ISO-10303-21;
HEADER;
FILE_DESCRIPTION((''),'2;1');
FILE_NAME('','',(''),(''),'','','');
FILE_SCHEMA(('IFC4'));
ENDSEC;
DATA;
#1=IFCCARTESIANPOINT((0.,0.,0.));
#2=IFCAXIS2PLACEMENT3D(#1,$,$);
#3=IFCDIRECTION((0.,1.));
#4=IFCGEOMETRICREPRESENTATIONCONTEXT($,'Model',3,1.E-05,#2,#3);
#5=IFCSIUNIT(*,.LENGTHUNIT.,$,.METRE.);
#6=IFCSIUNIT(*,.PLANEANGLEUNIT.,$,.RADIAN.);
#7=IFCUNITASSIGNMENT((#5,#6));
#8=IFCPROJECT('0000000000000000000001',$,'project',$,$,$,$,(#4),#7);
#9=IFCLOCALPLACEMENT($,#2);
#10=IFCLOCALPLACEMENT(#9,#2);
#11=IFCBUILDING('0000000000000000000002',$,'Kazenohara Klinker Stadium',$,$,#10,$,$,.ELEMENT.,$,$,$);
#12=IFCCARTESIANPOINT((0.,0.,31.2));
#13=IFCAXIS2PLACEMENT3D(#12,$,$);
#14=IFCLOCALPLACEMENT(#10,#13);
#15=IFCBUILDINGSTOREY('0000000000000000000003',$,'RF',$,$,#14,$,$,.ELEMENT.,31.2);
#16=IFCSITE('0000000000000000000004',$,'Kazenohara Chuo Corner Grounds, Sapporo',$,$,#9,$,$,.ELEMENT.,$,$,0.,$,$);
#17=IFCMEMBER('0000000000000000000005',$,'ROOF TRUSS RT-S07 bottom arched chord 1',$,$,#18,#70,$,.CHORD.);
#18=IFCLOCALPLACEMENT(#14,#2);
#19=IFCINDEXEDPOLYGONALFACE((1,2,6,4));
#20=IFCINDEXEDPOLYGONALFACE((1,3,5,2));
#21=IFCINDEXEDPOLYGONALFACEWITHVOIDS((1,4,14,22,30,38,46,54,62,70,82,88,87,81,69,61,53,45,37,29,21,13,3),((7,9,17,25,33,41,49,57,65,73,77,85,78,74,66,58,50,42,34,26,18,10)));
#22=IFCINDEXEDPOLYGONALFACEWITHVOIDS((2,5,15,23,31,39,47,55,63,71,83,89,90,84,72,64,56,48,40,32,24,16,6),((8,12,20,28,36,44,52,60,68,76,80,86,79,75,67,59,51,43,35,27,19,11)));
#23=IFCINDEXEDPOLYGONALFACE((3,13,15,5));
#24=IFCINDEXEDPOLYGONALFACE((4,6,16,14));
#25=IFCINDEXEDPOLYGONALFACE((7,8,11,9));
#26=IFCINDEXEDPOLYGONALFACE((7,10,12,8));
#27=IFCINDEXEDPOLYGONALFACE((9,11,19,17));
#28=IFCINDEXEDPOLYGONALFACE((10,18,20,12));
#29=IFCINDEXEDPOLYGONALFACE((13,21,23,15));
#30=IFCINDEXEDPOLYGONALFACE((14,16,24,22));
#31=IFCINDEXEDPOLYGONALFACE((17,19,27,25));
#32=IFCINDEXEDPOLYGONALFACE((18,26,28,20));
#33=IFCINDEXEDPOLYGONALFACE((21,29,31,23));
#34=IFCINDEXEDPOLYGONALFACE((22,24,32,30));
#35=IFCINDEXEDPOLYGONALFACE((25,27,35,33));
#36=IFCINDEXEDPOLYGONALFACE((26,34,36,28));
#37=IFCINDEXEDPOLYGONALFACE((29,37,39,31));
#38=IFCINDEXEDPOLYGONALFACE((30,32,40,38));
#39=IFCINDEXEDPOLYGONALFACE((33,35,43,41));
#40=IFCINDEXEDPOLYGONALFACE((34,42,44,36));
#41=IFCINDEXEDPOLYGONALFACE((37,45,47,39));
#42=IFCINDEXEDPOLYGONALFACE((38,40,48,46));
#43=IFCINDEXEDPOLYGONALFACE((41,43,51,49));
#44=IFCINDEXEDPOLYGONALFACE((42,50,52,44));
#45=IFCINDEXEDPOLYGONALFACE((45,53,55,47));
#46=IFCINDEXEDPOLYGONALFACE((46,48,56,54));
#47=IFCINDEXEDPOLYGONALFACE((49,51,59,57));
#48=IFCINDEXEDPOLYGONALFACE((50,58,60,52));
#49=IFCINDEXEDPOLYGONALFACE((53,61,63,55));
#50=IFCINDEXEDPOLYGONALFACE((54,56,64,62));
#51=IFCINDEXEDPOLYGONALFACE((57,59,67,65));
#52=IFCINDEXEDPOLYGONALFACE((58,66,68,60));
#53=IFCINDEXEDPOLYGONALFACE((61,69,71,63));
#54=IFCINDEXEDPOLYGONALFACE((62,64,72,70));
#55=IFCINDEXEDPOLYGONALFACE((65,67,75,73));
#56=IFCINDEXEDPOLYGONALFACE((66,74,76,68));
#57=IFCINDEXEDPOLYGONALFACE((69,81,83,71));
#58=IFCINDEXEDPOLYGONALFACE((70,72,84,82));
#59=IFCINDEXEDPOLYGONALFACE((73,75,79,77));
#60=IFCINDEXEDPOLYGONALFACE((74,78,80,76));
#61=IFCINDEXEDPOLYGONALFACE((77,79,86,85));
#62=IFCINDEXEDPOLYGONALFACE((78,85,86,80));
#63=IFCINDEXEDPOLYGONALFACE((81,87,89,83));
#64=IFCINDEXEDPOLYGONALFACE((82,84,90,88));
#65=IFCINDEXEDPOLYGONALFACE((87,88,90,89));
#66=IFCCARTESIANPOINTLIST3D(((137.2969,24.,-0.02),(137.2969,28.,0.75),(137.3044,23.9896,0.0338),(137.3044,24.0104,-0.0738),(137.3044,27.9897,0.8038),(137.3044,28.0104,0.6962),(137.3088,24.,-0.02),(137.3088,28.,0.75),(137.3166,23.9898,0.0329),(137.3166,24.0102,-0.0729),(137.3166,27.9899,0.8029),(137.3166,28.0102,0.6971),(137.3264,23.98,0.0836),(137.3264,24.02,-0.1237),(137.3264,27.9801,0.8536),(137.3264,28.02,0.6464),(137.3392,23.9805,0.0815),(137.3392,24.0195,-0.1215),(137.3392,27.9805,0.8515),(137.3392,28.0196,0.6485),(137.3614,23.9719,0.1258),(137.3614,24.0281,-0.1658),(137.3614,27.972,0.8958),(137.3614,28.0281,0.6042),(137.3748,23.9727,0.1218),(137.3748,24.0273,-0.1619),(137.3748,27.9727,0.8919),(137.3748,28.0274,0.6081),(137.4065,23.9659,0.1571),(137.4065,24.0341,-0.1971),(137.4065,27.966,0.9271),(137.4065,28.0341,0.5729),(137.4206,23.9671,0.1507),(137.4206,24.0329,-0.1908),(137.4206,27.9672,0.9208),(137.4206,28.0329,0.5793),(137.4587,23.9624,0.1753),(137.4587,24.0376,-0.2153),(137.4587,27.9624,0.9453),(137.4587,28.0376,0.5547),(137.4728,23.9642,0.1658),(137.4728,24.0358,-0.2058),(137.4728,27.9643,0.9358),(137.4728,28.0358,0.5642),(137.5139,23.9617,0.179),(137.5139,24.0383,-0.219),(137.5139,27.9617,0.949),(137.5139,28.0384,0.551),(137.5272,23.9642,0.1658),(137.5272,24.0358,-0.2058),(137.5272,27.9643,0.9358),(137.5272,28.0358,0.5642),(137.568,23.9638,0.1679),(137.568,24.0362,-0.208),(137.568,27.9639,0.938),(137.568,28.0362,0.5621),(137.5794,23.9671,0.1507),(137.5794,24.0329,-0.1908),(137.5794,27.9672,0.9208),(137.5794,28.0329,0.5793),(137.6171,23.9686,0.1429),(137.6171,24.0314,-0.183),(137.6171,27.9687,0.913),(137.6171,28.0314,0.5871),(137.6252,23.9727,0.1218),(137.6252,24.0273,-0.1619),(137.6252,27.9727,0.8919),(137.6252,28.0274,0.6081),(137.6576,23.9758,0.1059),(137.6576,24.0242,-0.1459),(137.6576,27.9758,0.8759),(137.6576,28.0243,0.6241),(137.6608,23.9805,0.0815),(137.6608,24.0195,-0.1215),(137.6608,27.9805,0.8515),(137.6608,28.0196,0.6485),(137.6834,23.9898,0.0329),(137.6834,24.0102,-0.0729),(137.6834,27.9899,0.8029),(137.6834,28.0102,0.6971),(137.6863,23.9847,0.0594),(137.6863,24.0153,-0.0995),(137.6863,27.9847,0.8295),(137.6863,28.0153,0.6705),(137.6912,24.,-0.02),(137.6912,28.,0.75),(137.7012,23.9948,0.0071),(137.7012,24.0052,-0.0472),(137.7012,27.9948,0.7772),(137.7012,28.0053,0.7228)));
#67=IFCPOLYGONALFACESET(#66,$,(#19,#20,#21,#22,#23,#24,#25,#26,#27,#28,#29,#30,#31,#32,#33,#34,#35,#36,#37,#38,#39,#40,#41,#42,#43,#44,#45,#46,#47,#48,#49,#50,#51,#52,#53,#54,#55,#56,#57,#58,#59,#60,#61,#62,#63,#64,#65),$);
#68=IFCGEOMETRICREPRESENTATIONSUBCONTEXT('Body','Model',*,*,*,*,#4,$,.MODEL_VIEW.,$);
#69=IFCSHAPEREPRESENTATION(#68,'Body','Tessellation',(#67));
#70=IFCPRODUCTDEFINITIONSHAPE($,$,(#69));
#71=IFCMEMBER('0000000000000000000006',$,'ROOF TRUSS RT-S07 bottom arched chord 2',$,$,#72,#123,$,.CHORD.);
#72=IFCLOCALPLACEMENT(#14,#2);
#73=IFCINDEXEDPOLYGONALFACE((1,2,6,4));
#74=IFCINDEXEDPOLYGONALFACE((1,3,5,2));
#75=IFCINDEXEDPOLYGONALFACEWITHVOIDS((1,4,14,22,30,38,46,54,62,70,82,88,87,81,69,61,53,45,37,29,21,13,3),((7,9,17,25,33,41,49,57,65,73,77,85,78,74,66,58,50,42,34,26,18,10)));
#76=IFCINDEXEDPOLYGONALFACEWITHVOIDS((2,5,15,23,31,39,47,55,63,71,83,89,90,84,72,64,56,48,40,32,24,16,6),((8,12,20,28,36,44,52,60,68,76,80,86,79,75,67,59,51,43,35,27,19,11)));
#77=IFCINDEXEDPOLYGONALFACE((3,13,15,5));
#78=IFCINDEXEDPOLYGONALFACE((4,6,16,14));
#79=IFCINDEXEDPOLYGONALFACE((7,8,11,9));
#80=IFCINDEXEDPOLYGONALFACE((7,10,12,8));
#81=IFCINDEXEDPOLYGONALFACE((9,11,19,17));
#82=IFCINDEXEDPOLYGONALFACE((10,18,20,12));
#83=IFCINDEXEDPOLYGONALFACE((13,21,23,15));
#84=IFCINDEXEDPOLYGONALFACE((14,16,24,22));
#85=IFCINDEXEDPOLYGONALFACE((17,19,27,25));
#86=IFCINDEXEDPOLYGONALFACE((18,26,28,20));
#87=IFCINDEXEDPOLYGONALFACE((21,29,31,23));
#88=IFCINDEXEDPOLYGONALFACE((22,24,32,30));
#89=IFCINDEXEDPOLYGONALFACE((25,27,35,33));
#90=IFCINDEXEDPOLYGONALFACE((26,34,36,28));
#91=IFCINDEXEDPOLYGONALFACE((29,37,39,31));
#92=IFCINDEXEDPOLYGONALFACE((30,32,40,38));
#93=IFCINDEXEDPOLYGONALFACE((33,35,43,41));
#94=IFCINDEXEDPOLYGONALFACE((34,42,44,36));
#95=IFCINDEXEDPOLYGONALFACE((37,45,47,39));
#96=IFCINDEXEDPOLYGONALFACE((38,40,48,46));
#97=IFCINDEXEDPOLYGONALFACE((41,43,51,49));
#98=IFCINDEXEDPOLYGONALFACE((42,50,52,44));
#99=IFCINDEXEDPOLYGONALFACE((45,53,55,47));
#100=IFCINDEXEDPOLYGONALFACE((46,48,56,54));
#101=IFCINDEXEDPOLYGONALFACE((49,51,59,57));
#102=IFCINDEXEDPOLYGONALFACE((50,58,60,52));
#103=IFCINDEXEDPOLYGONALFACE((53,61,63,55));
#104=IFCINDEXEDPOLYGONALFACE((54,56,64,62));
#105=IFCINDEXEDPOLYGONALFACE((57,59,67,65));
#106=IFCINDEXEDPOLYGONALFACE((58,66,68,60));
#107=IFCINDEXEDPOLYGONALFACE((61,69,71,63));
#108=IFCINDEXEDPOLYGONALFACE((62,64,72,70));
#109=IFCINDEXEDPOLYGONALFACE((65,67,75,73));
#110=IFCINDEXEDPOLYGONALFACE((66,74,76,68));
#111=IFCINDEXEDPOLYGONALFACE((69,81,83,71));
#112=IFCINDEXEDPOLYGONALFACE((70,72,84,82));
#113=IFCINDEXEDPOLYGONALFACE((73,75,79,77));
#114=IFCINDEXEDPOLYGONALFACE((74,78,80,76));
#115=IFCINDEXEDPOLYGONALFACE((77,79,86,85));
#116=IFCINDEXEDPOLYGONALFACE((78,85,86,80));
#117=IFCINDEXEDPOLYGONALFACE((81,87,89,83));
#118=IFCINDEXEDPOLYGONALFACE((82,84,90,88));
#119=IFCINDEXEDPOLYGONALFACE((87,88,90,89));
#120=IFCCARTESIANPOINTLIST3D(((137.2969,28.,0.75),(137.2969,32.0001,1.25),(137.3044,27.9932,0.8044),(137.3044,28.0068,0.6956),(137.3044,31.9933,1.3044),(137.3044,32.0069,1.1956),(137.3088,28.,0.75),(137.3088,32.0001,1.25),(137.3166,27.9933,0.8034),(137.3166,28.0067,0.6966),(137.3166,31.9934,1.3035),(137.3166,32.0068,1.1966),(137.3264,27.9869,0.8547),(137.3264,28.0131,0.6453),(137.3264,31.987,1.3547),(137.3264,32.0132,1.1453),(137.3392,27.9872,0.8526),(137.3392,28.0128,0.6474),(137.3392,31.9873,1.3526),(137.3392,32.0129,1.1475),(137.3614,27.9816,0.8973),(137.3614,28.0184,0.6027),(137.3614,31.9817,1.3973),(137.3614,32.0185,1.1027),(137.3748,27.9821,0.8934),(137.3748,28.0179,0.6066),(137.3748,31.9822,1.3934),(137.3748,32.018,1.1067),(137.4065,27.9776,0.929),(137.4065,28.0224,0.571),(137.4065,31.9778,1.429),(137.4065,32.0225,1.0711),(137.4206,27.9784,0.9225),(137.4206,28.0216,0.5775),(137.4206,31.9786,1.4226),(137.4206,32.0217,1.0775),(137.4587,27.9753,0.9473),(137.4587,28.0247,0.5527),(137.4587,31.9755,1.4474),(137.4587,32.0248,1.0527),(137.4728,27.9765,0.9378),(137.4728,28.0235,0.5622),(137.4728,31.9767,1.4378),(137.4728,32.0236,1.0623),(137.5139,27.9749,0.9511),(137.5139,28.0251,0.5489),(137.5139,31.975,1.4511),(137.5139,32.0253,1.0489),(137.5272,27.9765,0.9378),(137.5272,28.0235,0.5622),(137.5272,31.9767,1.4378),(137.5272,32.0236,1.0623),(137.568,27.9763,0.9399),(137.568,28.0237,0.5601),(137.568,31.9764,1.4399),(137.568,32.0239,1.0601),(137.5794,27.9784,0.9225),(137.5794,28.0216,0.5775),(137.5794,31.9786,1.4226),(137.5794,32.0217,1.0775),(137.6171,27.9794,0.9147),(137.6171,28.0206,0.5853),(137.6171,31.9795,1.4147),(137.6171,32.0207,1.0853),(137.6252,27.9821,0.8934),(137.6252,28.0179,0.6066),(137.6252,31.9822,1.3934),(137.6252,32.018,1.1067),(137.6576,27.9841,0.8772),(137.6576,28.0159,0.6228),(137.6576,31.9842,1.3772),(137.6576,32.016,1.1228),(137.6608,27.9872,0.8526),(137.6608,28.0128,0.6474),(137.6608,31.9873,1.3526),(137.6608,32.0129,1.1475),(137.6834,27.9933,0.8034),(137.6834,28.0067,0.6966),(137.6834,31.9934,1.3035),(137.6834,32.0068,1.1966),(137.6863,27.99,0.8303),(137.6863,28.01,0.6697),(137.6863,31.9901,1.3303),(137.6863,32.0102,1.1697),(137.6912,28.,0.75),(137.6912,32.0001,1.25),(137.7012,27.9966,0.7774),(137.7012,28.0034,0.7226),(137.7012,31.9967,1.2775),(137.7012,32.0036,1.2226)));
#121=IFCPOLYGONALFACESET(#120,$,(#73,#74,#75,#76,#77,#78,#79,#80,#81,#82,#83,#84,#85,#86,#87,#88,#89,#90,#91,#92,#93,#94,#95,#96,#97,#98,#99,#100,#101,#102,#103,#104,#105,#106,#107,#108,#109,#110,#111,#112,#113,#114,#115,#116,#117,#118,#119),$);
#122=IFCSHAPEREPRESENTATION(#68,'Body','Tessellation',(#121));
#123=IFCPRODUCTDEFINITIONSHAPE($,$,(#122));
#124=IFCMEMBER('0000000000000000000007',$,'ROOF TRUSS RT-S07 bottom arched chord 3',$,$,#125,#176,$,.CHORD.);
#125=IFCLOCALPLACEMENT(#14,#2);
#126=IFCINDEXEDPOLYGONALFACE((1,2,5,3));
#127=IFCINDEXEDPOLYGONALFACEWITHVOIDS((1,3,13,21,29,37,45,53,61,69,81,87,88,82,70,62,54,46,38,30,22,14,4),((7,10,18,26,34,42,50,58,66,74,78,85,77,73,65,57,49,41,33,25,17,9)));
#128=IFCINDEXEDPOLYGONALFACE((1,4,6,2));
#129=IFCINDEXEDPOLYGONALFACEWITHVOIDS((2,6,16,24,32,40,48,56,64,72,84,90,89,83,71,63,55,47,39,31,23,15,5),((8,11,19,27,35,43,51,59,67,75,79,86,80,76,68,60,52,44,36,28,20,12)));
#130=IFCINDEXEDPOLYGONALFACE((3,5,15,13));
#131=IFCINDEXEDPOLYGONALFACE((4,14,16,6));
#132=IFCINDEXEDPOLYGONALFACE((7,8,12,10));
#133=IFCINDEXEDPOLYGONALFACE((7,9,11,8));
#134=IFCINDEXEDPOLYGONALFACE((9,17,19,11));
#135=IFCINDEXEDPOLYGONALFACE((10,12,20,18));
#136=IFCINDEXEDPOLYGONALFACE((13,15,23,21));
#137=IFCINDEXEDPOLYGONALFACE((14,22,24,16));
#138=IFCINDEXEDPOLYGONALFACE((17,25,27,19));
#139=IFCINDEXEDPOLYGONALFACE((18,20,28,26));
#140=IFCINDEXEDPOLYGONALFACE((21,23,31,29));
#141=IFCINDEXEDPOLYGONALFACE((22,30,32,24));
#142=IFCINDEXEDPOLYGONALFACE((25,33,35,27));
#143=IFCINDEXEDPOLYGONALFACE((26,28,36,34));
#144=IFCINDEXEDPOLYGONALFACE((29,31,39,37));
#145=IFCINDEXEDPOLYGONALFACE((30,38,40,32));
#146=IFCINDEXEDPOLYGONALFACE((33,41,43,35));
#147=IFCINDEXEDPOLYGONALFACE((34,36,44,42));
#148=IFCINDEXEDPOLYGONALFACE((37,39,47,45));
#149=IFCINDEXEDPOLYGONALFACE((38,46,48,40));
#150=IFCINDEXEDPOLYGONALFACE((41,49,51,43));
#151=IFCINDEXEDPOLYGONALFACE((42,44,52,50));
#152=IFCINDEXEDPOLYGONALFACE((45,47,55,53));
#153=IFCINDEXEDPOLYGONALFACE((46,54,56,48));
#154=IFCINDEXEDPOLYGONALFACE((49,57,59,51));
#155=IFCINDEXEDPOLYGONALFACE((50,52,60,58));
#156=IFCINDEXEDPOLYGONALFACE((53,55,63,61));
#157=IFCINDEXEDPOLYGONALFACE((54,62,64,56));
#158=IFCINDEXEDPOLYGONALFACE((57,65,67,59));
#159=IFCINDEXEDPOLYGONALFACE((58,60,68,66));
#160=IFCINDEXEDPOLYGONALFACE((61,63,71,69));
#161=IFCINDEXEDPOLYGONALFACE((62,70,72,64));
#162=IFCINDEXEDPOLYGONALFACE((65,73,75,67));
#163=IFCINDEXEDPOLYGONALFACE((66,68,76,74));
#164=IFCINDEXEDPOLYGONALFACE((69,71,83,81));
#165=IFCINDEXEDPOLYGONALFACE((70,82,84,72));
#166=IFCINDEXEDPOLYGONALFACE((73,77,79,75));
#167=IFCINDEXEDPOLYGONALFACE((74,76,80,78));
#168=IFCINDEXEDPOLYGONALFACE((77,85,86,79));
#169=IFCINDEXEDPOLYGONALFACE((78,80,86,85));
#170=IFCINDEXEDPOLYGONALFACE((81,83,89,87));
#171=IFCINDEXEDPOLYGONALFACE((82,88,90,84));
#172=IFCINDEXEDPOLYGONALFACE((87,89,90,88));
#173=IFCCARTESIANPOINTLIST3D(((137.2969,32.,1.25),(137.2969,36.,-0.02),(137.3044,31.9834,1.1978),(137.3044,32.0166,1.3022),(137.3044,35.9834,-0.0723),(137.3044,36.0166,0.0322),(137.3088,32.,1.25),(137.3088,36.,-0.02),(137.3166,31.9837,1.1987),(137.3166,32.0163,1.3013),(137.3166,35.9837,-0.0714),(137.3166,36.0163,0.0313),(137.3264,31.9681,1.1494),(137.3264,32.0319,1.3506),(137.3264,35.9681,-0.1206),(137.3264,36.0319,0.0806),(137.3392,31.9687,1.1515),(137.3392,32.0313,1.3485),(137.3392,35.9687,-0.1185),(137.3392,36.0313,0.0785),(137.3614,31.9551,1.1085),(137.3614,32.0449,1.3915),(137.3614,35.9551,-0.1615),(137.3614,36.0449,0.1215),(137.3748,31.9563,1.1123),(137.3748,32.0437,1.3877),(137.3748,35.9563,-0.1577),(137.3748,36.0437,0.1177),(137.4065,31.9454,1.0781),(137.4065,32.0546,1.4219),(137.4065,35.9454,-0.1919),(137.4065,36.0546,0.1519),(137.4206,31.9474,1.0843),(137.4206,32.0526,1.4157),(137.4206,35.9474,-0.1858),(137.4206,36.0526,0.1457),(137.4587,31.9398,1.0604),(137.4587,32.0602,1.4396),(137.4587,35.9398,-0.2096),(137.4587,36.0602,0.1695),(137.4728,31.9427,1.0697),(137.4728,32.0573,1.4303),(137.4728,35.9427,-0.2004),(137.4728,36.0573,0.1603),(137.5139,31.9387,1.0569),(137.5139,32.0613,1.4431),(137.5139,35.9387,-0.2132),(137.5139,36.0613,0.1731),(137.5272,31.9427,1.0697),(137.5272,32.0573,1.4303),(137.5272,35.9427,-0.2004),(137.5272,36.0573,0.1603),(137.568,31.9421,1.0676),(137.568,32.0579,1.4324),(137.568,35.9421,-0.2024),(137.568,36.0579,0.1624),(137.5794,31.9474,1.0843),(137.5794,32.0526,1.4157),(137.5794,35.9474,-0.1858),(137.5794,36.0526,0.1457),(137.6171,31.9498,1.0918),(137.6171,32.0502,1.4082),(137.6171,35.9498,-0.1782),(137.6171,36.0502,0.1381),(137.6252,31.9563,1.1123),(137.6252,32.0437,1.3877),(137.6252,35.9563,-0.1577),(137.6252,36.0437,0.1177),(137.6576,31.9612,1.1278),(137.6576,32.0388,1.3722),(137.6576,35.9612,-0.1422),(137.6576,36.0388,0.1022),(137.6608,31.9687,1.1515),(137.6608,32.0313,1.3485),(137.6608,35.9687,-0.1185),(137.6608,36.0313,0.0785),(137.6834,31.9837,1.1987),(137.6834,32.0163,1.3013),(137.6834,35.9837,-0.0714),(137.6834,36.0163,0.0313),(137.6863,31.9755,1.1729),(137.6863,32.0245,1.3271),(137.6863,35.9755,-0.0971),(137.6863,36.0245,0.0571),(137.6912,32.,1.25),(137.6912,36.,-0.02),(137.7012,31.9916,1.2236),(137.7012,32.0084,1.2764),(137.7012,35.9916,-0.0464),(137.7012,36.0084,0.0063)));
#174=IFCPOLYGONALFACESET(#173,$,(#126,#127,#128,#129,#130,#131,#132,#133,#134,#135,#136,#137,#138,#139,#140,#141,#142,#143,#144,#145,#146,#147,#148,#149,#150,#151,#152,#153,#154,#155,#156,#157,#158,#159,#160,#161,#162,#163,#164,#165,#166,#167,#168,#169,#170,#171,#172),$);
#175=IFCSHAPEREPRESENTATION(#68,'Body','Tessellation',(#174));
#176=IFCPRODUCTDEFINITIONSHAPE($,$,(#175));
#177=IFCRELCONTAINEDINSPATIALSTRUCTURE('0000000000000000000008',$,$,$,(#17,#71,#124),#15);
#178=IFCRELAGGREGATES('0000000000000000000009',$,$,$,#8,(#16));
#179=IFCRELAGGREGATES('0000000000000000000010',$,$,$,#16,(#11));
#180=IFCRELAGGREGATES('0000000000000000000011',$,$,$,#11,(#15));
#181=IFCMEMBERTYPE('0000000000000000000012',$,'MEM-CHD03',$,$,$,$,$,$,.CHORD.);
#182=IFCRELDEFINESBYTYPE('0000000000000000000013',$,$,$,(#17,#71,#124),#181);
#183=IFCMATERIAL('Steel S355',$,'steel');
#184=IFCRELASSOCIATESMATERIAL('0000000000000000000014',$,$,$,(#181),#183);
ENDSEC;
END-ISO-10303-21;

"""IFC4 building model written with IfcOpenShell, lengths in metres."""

from ifc_helpers import new_model, si_unit, direction, frame, origin, origin_2d, place, context, subcontext, project, spatial, hollow_circle, extrude, material, material_profile, profile_set, type_object, element, save


model = new_model("IFC4")

# Units and contexts
model_context = context("Model", 3, precision=1e-05, world=origin(), true_north=direction((0.0, 1.0)))
body_context = subcontext(model_context, "Body", "Model", "MODEL_VIEW")
ifc_project = project(units=[si_unit("LENGTHUNIT", "METRE"), si_unit("PLANEANGLEUNIT", "RADIAN")], contexts=[model_context])

# Site, building, storey
site_placement = place(None, origin())
site = spatial("IfcSite", under=ifc_project, at=site_placement, Name="Kazenohara Chuo Corner Grounds, Sapporo", CompositionType="ELEMENT", RefElevation=0.0)
building_placement = place(site_placement, origin())
building = spatial("IfcBuilding", under=site, at=building_placement, Name="Kazenohara Klinker Stadium", CompositionType="ELEMENT")
storey_placement = place(building_placement, frame((0.0, 0.0, 31.2)))
storey = spatial("IfcBuildingStorey", under=building, at=storey_placement, Name="RF", CompositionType="ELEMENT", Elevation=31.2)

# Members
ifc_material_1 = material(Name="Steel S355", Category="steel")
ifc_material_profile_1 = material_profile(ifc_material_1, hollow_circle(Radius=0.2031, WallThickness=0.012, at=origin_2d()), Name="CHS-406.4x12")
ifc_profile_set_1 = profile_set([ifc_material_profile_1], Name="Steel S355")
member_type_1 = type_object("IfcMemberType", Name="MEM-CHD03", PredefinedType="CHORD", material=ifc_profile_set_1)
member_1_placement = place(storey_placement, frame((137.5, 24.0, -0.02), z_axis=(0.0, 0.981971, 0.189034), x_axis=(-1.0, 0.0, 0.0)))
element("IfcMember", 1, at=member_1_placement, inside=storey, type_object=member_type_1, Name="ROOF TRUSS RT-S07 bottom arched chord 1", PredefinedType="CHORD", context=body_context, shape_type="SweptSolid", body=[
    extrude(hollow_circle(Radius=0.2031, WallThickness=0.012, at=origin_2d()), origin(), (0.0, 0.0, 1.0), 4.0735),
])
member_2_placement = place(storey_placement, frame((137.5, 28.0, 0.75), z_axis=(0.0, 0.992278, 0.124035), x_axis=(-1.0, 0.0, 0.0)))
element("IfcMember", 2, at=member_2_placement, inside=storey, type_object=member_type_1, Name="ROOF TRUSS RT-S07 bottom arched chord 2", PredefinedType="CHORD", context=body_context, shape_type="SweptSolid", body=[
    extrude(hollow_circle(Radius=0.2031, WallThickness=0.012, at=origin_2d()), origin(), (0.0, 0.0, 1.0), 4.0312),
])
member_3_placement = place(storey_placement, frame((137.5, 32.0, 1.25), z_axis=(0.0, 0.953112, -0.302618), x_axis=(-1.0, 0.0, 0.0)))
element("IfcMember", 3, at=member_3_placement, inside=storey, type_object=member_type_1, Name="ROOF TRUSS RT-S07 bottom arched chord 3", PredefinedType="CHORD", context=body_context, shape_type="SweptSolid", body=[
    extrude(hollow_circle(Radius=0.2031, WallThickness=0.012, at=origin_2d()), origin(), (0.0, 0.0, 1.0), 4.1968),
])

save(model, "model.ifc")
